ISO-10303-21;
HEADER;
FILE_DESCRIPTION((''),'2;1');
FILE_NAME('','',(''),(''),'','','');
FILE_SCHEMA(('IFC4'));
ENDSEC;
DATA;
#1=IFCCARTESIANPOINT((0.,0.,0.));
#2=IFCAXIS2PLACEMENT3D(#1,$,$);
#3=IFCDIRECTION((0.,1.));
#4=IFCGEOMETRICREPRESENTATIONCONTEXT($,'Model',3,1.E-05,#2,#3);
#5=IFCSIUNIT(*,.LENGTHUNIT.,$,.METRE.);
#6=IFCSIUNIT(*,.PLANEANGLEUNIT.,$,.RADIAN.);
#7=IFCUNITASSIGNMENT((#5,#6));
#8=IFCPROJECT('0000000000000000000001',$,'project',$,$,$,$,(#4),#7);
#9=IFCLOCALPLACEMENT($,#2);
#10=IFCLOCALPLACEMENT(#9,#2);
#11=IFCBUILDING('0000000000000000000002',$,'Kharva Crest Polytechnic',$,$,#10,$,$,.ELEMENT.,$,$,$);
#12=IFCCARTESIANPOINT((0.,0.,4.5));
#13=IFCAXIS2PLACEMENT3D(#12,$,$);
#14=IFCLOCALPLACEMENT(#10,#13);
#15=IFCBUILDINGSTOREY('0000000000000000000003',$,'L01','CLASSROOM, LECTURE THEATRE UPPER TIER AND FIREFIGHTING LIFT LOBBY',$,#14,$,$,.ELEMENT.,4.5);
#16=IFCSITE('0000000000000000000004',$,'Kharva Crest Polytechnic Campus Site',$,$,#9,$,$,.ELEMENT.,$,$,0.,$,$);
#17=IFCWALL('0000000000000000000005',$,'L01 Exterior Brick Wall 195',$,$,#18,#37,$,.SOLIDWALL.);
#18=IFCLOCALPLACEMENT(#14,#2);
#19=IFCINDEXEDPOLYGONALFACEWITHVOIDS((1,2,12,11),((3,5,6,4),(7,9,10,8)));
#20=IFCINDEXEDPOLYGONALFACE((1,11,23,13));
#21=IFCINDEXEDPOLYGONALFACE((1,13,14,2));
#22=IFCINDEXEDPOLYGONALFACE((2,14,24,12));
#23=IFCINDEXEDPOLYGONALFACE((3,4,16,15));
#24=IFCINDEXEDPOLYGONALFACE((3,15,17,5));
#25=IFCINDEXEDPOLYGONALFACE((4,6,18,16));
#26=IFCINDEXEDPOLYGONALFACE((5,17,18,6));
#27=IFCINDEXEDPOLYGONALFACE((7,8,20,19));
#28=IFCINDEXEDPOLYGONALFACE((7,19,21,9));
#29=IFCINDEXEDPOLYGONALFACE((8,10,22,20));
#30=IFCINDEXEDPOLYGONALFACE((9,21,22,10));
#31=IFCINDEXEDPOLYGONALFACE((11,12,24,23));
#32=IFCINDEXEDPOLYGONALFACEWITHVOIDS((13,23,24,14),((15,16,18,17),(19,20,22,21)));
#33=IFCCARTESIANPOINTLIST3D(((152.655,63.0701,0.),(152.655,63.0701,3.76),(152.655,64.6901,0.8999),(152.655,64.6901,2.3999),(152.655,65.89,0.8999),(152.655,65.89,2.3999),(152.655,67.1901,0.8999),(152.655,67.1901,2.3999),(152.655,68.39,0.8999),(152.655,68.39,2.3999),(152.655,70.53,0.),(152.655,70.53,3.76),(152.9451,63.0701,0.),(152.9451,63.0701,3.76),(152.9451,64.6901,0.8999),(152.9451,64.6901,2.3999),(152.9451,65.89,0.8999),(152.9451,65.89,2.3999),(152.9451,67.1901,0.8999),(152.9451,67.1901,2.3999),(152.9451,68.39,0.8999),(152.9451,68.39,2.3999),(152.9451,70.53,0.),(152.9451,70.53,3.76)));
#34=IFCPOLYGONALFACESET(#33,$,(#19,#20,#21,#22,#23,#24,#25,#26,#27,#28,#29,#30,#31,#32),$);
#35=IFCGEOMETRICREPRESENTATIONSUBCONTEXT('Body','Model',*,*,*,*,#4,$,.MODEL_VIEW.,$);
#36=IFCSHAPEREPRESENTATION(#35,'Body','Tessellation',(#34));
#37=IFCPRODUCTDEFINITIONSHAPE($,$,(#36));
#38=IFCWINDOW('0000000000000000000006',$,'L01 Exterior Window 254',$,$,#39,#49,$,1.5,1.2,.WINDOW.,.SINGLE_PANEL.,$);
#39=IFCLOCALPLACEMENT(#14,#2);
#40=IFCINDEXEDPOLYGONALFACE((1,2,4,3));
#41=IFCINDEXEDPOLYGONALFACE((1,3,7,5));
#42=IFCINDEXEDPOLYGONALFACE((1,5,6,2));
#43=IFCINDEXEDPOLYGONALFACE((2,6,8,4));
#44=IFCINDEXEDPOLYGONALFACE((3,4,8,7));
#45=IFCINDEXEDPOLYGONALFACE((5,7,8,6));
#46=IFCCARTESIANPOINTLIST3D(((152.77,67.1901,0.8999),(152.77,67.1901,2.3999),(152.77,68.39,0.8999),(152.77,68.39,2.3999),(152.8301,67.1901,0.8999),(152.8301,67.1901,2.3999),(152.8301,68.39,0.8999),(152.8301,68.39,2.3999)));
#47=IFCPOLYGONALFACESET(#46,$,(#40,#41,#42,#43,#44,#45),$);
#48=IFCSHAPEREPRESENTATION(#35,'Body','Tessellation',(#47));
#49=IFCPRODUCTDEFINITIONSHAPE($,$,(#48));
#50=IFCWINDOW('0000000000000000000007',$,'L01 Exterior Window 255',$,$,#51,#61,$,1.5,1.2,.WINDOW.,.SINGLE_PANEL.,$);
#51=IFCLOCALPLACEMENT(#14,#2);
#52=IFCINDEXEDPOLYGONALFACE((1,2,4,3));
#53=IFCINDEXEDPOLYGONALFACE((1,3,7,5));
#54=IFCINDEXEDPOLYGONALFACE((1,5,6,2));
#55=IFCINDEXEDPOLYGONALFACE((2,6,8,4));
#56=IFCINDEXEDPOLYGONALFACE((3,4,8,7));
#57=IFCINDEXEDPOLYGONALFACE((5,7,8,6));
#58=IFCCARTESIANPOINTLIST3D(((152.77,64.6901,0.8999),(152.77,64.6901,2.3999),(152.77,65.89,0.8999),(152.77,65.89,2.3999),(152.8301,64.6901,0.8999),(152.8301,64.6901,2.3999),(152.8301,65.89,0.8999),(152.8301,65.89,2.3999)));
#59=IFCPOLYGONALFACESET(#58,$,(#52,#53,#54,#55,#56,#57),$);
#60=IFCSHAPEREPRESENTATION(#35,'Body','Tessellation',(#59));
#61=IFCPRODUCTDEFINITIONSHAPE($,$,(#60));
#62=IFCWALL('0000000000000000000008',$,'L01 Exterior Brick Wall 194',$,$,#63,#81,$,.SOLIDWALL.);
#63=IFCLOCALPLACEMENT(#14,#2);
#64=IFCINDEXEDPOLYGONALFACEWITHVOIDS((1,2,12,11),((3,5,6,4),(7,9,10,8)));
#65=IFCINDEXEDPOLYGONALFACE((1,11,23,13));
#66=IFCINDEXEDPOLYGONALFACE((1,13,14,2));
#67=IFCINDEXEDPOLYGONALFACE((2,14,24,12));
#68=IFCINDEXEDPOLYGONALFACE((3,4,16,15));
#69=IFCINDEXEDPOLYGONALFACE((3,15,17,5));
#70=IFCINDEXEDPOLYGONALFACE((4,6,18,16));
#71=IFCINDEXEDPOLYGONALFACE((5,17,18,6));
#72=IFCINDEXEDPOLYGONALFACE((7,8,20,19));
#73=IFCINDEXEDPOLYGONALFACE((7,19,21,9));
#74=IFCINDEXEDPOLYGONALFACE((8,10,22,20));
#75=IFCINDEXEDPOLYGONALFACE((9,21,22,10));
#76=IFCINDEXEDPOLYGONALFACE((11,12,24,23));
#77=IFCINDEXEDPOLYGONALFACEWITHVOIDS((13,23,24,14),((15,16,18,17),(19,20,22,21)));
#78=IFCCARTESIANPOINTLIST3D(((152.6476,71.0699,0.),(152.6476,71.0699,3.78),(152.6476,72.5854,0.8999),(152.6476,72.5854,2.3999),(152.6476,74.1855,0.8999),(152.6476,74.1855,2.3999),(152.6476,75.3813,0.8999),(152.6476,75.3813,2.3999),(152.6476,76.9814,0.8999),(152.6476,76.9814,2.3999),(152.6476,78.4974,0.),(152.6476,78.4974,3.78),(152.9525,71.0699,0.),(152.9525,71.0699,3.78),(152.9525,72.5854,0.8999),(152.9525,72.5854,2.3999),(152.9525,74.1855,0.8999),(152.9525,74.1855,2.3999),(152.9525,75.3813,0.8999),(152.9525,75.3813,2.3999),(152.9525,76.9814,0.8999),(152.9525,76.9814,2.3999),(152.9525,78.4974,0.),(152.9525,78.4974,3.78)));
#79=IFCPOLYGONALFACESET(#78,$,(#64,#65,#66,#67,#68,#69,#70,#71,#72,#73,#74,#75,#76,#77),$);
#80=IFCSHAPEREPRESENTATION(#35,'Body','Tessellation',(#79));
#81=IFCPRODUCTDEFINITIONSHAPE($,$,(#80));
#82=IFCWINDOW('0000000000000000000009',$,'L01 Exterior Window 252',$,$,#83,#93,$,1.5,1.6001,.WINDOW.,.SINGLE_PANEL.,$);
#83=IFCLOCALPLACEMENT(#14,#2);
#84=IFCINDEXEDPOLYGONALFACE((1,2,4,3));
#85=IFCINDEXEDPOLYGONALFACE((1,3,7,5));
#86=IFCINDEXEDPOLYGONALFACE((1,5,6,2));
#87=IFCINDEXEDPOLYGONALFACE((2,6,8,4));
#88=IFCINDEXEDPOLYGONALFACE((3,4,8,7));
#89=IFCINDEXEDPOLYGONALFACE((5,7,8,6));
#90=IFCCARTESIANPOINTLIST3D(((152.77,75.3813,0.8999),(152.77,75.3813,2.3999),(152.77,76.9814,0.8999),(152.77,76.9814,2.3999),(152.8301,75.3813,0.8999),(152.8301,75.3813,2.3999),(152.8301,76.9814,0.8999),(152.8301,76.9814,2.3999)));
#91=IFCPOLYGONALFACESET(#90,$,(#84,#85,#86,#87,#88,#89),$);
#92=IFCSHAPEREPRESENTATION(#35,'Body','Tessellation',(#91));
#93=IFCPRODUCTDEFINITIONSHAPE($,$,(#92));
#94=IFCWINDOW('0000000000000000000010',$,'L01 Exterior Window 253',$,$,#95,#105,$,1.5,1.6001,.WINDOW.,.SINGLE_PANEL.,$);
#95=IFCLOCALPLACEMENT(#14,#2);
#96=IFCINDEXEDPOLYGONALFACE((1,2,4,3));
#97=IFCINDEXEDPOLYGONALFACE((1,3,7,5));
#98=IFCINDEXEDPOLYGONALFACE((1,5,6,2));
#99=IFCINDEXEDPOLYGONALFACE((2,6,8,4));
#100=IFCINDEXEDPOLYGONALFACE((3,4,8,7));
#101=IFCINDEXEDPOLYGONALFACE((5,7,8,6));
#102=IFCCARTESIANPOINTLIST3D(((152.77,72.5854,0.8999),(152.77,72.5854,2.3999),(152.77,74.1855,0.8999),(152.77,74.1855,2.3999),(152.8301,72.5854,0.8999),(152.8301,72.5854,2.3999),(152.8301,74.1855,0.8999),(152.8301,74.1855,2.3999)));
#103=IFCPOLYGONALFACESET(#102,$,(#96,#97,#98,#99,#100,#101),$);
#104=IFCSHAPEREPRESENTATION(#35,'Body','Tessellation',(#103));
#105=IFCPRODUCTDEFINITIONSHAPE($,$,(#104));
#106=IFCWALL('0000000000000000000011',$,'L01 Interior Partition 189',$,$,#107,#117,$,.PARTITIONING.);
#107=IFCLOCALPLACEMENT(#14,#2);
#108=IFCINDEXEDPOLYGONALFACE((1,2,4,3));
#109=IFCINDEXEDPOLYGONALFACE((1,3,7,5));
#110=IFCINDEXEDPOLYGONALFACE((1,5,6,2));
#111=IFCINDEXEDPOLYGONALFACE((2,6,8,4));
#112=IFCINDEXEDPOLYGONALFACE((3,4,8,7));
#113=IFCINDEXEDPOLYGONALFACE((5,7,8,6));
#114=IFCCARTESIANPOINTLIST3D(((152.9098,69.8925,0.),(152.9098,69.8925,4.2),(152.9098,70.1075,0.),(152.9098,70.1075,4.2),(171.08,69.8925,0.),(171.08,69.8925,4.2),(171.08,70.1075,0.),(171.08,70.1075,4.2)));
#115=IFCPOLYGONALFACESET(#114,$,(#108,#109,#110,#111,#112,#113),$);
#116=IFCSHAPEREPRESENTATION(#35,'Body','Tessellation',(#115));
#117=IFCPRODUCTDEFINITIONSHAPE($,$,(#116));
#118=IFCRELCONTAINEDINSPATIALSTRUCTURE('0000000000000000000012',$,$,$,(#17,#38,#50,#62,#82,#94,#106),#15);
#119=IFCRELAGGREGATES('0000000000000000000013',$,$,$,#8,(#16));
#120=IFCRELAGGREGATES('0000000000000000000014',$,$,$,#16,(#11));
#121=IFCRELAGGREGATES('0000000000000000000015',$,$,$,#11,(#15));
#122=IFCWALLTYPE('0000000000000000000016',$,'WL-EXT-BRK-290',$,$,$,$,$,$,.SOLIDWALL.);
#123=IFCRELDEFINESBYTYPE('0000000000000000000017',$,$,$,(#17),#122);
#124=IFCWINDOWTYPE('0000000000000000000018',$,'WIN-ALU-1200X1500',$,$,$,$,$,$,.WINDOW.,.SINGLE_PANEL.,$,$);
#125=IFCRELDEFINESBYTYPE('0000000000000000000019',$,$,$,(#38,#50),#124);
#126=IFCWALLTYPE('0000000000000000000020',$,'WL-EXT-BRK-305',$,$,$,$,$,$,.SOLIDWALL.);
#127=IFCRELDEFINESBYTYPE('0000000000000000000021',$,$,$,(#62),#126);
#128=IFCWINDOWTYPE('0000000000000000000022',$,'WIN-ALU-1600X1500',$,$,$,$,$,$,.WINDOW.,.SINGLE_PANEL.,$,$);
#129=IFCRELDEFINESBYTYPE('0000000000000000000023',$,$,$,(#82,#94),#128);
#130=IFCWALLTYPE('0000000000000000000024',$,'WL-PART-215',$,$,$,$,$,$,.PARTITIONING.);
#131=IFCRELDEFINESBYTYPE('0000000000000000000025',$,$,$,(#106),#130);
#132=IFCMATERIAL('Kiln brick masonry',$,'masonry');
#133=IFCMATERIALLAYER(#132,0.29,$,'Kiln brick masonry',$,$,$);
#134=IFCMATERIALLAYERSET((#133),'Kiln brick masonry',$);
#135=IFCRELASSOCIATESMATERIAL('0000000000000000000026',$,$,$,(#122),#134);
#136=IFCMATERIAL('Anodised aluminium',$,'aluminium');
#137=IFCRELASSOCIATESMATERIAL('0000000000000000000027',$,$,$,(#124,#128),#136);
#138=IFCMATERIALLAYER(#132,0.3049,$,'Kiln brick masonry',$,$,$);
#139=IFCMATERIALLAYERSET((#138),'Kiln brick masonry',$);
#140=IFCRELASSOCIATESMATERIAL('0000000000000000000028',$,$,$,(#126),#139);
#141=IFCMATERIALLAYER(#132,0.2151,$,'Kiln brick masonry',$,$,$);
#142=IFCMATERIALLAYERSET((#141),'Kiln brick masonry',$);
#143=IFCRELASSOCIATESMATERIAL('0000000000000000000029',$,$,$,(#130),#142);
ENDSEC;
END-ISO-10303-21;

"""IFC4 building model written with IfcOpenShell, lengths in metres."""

from ifc_helpers import new_model, si_unit, direction, frame, frame_2d, origin, place, context, subcontext, project, spatial, rectangle, extrude, material, layer, layer_set, type_object, element, fill, save


model = new_model("IFC4")

# Units and contexts
model_context = context("Model", 3, precision=1e-05, world=origin(), true_north=direction((0.0, 1.0)))
body_context = subcontext(model_context, "Body", "Model", "MODEL_VIEW")
ifc_project = project(units=[si_unit("LENGTHUNIT", "METRE"), si_unit("PLANEANGLEUNIT", "RADIAN")], contexts=[model_context])

# Site, building, storey
site_placement = place(None, origin())
site = spatial("IfcSite", under=ifc_project, at=site_placement, Name="Kharva Crest Polytechnic Campus Site", CompositionType="ELEMENT", RefElevation=0.0)
building_placement = place(site_placement, origin())
building = spatial("IfcBuilding", under=site, at=building_placement, Name="Kharva Crest Polytechnic", CompositionType="ELEMENT")
storey_placement = place(building_placement, frame((0.0, 0.0, 4.5)))
storey = spatial("IfcBuildingStorey", under=building, at=storey_placement, Name="L01", Description="CLASSROOM, LECTURE THEATRE UPPER TIER AND FIREFIGHTING LIFT LOBBY", CompositionType="ELEMENT", Elevation=4.5)

# Walls, openings, windows
ifc_material_1 = material(Name="Kiln brick masonry", Category="masonry")
ifc_layer_1 = layer(ifc_material_1, 0.29, Name="Kiln brick masonry")
ifc_layer_set_1 = layer_set([ifc_layer_1], Name="Kiln brick masonry")
wall_type_1 = type_object("IfcWallType", Name="WL-EXT-BRK-290", PredefinedType="SOLIDWALL", material=ifc_layer_set_1)
wall_1_placement = place(storey_placement, frame((152.8, 70.53, 0.0), z_axis=(0.0, 0.0, 1.0), x_axis=(0.0, -1.0, 0.0)))
wall_1 = element("IfcWall", 1, at=wall_1_placement, inside=storey, type_object=wall_type_1, Name="L01 Exterior Brick Wall 195", PredefinedType="SOLIDWALL", context=body_context, shape_type="SweptSolid", body=[
    extrude(rectangle(XDim=7.46, YDim=0.29, at=frame_2d((3.73, 0.0))), origin(), (0.0, 0.0, 1.0), 3.76),
])
opening_1_placement = place(wall_1_placement, frame((2.1399, 0.0, 0.8999)))
opening_1 = element("IfcOpeningElement", 2, at=opening_1_placement, cuts=wall_1, PredefinedType="OPENING", context=body_context, shape_type="SweptSolid", body=[
    extrude(rectangle(XDim=1.2, YDim=1.5, at=frame_2d((0.6001, 0.75))), frame((0.0, 0.155, 0.0), z_axis=(0.0, -1.0, 0.0), x_axis=(1.0, 0.0, 0.0)), (0.0, 0.0, 1.0), 0.3101),
])
opening_2_placement = place(wall_1_placement, frame((4.6399, 0.0, 0.8999)))
opening_2 = element("IfcOpeningElement", 3, at=opening_2_placement, cuts=wall_1, PredefinedType="OPENING", context=body_context, shape_type="SweptSolid", body=[
    extrude(rectangle(XDim=1.2, YDim=1.5, at=frame_2d((0.6001, 0.75))), frame((0.0, 0.155, 0.0), z_axis=(0.0, -1.0, 0.0), x_axis=(1.0, 0.0, 0.0)), (0.0, 0.0, 1.0), 0.3101),
])
ifc_material_2 = material(Name="Anodised aluminium", Category="aluminium")
window_type_1 = type_object("IfcWindowType", Name="WIN-ALU-1200X1500", PartitioningType="SINGLE_PANEL", PredefinedType="WINDOW", material=ifc_material_2)
window_1_placement = place(opening_1_placement, origin())
window_1 = element("IfcWindow", 4, at=window_1_placement, inside=storey, type_object=window_type_1, Name="L01 Exterior Window 254", OverallHeight=1.5, OverallWidth=1.2, PartitioningType="SINGLE_PANEL", PredefinedType="WINDOW", context=body_context, shape_type="SweptSolid", body=[
    extrude(rectangle(XDim=1.2, YDim=1.5, at=frame_2d((0.6001, 0.75))), frame((0.0, 0.03, 0.0), z_axis=(0.0, -1.0, 0.0), x_axis=(1.0, 0.0, 0.0)), (0.0, 0.0, 1.0), 0.0601),
])
fill(opening_1, window_1)
window_2_placement = place(opening_2_placement, origin())
window_2 = element("IfcWindow", 5, at=window_2_placement, inside=storey, type_object=window_type_1, Name="L01 Exterior Window 255", OverallHeight=1.5, OverallWidth=1.2, PartitioningType="SINGLE_PANEL", PredefinedType="WINDOW", context=body_context, shape_type="SweptSolid", body=[
    extrude(rectangle(XDim=1.2, YDim=1.5, at=frame_2d((0.6001, 0.75))), frame((0.0, 0.03, 0.0), z_axis=(0.0, -1.0, 0.0), x_axis=(1.0, 0.0, 0.0)), (0.0, 0.0, 1.0), 0.0601),
])
fill(opening_2, window_2)
ifc_layer_2 = layer(ifc_material_1, 0.3049, Name="Kiln brick masonry")
ifc_layer_set_2 = layer_set([ifc_layer_2], Name="Kiln brick masonry")
wall_type_2 = type_object("IfcWallType", Name="WL-EXT-BRK-305", PredefinedType="SOLIDWALL", material=ifc_layer_set_2)
wall_2_placement = place(storey_placement, frame((152.8, 78.4976, 0.0), z_axis=(0.0, 0.0, 1.0), x_axis=(0.0, -1.0, 0.0)))
wall_2 = element("IfcWall", 6, at=wall_2_placement, inside=storey, type_object=wall_type_2, Name="L01 Exterior Brick Wall 194", PredefinedType="SOLIDWALL", context=body_context, shape_type="SweptSolid", body=[
    extrude(rectangle(XDim=7.4275, YDim=0.3049, at=frame_2d((3.7139, 0.0))), origin(), (0.0, 0.0, 1.0), 3.78),
])
opening_3_placement = place(wall_2_placement, frame((1.5161, 0.0, 0.8999)))
opening_3 = element("IfcOpeningElement", 7, at=opening_3_placement, cuts=wall_2, PredefinedType="OPENING", context=body_context, shape_type="SweptSolid", body=[
    extrude(rectangle(XDim=1.6001, YDim=1.5, at=frame_2d((0.8, 0.75))), frame((0.0, 0.1624, 0.0), z_axis=(0.0, -1.0, 0.0), x_axis=(1.0, 0.0, 0.0)), (0.0, 0.0, 1.0), 0.325),
])
opening_4_placement = place(wall_2_placement, frame((4.312, 0.0, 0.8999)))
opening_4 = element("IfcOpeningElement", 8, at=opening_4_placement, cuts=wall_2, PredefinedType="OPENING", context=body_context, shape_type="SweptSolid", body=[
    extrude(rectangle(XDim=1.6001, YDim=1.5, at=frame_2d((0.8, 0.75))), frame((0.0, 0.1624, 0.0), z_axis=(0.0, -1.0, 0.0), x_axis=(1.0, 0.0, 0.0)), (0.0, 0.0, 1.0), 0.325),
])
window_type_2 = type_object("IfcWindowType", Name="WIN-ALU-1600X1500", PartitioningType="SINGLE_PANEL", PredefinedType="WINDOW", material=ifc_material_2)
window_3_placement = place(opening_3_placement, origin())
window_3 = element("IfcWindow", 9, at=window_3_placement, inside=storey, type_object=window_type_2, Name="L01 Exterior Window 252", OverallHeight=1.5, OverallWidth=1.6001, PartitioningType="SINGLE_PANEL", PredefinedType="WINDOW", context=body_context, shape_type="SweptSolid", body=[
    extrude(rectangle(XDim=1.6001, YDim=1.5, at=frame_2d((0.8, 0.75))), frame((0.0, 0.03, 0.0), z_axis=(0.0, -1.0, 0.0), x_axis=(1.0, 0.0, 0.0)), (0.0, 0.0, 1.0), 0.0601),
])
fill(opening_3, window_3)
window_4_placement = place(opening_4_placement, origin())
window_4 = element("IfcWindow", 10, at=window_4_placement, inside=storey, type_object=window_type_2, Name="L01 Exterior Window 253", OverallHeight=1.5, OverallWidth=1.6001, PartitioningType="SINGLE_PANEL", PredefinedType="WINDOW", context=body_context, shape_type="SweptSolid", body=[
    extrude(rectangle(XDim=1.6001, YDim=1.5, at=frame_2d((0.8, 0.75))), frame((0.0, 0.03, 0.0), z_axis=(0.0, -1.0, 0.0), x_axis=(1.0, 0.0, 0.0)), (0.0, 0.0, 1.0), 0.0601),
])
fill(opening_4, window_4)

# Wall
ifc_layer_3 = layer(ifc_material_1, 0.2151, Name="Kiln brick masonry")
ifc_layer_set_3 = layer_set([ifc_layer_3], Name="Kiln brick masonry")
wall_type_3 = type_object("IfcWallType", Name="WL-PART-215", PredefinedType="PARTITIONING", material=ifc_layer_set_3)
wall_3_placement = place(storey_placement, frame((152.9099, 70.0, 0.0), z_axis=(0.0, 0.0, 1.0), x_axis=(1.0, 0.0, 0.0)))
element("IfcWall", 11, at=wall_3_placement, inside=storey, type_object=wall_type_3, Name="L01 Interior Partition 189", PredefinedType="PARTITIONING", context=body_context, shape_type="SweptSolid", body=[
    extrude(rectangle(XDim=18.1702, YDim=0.2151, at=frame_2d((9.085, 0.0))), origin(), (0.0, 0.0, 1.0), 4.2),
])

save(model, "model.ifc")
